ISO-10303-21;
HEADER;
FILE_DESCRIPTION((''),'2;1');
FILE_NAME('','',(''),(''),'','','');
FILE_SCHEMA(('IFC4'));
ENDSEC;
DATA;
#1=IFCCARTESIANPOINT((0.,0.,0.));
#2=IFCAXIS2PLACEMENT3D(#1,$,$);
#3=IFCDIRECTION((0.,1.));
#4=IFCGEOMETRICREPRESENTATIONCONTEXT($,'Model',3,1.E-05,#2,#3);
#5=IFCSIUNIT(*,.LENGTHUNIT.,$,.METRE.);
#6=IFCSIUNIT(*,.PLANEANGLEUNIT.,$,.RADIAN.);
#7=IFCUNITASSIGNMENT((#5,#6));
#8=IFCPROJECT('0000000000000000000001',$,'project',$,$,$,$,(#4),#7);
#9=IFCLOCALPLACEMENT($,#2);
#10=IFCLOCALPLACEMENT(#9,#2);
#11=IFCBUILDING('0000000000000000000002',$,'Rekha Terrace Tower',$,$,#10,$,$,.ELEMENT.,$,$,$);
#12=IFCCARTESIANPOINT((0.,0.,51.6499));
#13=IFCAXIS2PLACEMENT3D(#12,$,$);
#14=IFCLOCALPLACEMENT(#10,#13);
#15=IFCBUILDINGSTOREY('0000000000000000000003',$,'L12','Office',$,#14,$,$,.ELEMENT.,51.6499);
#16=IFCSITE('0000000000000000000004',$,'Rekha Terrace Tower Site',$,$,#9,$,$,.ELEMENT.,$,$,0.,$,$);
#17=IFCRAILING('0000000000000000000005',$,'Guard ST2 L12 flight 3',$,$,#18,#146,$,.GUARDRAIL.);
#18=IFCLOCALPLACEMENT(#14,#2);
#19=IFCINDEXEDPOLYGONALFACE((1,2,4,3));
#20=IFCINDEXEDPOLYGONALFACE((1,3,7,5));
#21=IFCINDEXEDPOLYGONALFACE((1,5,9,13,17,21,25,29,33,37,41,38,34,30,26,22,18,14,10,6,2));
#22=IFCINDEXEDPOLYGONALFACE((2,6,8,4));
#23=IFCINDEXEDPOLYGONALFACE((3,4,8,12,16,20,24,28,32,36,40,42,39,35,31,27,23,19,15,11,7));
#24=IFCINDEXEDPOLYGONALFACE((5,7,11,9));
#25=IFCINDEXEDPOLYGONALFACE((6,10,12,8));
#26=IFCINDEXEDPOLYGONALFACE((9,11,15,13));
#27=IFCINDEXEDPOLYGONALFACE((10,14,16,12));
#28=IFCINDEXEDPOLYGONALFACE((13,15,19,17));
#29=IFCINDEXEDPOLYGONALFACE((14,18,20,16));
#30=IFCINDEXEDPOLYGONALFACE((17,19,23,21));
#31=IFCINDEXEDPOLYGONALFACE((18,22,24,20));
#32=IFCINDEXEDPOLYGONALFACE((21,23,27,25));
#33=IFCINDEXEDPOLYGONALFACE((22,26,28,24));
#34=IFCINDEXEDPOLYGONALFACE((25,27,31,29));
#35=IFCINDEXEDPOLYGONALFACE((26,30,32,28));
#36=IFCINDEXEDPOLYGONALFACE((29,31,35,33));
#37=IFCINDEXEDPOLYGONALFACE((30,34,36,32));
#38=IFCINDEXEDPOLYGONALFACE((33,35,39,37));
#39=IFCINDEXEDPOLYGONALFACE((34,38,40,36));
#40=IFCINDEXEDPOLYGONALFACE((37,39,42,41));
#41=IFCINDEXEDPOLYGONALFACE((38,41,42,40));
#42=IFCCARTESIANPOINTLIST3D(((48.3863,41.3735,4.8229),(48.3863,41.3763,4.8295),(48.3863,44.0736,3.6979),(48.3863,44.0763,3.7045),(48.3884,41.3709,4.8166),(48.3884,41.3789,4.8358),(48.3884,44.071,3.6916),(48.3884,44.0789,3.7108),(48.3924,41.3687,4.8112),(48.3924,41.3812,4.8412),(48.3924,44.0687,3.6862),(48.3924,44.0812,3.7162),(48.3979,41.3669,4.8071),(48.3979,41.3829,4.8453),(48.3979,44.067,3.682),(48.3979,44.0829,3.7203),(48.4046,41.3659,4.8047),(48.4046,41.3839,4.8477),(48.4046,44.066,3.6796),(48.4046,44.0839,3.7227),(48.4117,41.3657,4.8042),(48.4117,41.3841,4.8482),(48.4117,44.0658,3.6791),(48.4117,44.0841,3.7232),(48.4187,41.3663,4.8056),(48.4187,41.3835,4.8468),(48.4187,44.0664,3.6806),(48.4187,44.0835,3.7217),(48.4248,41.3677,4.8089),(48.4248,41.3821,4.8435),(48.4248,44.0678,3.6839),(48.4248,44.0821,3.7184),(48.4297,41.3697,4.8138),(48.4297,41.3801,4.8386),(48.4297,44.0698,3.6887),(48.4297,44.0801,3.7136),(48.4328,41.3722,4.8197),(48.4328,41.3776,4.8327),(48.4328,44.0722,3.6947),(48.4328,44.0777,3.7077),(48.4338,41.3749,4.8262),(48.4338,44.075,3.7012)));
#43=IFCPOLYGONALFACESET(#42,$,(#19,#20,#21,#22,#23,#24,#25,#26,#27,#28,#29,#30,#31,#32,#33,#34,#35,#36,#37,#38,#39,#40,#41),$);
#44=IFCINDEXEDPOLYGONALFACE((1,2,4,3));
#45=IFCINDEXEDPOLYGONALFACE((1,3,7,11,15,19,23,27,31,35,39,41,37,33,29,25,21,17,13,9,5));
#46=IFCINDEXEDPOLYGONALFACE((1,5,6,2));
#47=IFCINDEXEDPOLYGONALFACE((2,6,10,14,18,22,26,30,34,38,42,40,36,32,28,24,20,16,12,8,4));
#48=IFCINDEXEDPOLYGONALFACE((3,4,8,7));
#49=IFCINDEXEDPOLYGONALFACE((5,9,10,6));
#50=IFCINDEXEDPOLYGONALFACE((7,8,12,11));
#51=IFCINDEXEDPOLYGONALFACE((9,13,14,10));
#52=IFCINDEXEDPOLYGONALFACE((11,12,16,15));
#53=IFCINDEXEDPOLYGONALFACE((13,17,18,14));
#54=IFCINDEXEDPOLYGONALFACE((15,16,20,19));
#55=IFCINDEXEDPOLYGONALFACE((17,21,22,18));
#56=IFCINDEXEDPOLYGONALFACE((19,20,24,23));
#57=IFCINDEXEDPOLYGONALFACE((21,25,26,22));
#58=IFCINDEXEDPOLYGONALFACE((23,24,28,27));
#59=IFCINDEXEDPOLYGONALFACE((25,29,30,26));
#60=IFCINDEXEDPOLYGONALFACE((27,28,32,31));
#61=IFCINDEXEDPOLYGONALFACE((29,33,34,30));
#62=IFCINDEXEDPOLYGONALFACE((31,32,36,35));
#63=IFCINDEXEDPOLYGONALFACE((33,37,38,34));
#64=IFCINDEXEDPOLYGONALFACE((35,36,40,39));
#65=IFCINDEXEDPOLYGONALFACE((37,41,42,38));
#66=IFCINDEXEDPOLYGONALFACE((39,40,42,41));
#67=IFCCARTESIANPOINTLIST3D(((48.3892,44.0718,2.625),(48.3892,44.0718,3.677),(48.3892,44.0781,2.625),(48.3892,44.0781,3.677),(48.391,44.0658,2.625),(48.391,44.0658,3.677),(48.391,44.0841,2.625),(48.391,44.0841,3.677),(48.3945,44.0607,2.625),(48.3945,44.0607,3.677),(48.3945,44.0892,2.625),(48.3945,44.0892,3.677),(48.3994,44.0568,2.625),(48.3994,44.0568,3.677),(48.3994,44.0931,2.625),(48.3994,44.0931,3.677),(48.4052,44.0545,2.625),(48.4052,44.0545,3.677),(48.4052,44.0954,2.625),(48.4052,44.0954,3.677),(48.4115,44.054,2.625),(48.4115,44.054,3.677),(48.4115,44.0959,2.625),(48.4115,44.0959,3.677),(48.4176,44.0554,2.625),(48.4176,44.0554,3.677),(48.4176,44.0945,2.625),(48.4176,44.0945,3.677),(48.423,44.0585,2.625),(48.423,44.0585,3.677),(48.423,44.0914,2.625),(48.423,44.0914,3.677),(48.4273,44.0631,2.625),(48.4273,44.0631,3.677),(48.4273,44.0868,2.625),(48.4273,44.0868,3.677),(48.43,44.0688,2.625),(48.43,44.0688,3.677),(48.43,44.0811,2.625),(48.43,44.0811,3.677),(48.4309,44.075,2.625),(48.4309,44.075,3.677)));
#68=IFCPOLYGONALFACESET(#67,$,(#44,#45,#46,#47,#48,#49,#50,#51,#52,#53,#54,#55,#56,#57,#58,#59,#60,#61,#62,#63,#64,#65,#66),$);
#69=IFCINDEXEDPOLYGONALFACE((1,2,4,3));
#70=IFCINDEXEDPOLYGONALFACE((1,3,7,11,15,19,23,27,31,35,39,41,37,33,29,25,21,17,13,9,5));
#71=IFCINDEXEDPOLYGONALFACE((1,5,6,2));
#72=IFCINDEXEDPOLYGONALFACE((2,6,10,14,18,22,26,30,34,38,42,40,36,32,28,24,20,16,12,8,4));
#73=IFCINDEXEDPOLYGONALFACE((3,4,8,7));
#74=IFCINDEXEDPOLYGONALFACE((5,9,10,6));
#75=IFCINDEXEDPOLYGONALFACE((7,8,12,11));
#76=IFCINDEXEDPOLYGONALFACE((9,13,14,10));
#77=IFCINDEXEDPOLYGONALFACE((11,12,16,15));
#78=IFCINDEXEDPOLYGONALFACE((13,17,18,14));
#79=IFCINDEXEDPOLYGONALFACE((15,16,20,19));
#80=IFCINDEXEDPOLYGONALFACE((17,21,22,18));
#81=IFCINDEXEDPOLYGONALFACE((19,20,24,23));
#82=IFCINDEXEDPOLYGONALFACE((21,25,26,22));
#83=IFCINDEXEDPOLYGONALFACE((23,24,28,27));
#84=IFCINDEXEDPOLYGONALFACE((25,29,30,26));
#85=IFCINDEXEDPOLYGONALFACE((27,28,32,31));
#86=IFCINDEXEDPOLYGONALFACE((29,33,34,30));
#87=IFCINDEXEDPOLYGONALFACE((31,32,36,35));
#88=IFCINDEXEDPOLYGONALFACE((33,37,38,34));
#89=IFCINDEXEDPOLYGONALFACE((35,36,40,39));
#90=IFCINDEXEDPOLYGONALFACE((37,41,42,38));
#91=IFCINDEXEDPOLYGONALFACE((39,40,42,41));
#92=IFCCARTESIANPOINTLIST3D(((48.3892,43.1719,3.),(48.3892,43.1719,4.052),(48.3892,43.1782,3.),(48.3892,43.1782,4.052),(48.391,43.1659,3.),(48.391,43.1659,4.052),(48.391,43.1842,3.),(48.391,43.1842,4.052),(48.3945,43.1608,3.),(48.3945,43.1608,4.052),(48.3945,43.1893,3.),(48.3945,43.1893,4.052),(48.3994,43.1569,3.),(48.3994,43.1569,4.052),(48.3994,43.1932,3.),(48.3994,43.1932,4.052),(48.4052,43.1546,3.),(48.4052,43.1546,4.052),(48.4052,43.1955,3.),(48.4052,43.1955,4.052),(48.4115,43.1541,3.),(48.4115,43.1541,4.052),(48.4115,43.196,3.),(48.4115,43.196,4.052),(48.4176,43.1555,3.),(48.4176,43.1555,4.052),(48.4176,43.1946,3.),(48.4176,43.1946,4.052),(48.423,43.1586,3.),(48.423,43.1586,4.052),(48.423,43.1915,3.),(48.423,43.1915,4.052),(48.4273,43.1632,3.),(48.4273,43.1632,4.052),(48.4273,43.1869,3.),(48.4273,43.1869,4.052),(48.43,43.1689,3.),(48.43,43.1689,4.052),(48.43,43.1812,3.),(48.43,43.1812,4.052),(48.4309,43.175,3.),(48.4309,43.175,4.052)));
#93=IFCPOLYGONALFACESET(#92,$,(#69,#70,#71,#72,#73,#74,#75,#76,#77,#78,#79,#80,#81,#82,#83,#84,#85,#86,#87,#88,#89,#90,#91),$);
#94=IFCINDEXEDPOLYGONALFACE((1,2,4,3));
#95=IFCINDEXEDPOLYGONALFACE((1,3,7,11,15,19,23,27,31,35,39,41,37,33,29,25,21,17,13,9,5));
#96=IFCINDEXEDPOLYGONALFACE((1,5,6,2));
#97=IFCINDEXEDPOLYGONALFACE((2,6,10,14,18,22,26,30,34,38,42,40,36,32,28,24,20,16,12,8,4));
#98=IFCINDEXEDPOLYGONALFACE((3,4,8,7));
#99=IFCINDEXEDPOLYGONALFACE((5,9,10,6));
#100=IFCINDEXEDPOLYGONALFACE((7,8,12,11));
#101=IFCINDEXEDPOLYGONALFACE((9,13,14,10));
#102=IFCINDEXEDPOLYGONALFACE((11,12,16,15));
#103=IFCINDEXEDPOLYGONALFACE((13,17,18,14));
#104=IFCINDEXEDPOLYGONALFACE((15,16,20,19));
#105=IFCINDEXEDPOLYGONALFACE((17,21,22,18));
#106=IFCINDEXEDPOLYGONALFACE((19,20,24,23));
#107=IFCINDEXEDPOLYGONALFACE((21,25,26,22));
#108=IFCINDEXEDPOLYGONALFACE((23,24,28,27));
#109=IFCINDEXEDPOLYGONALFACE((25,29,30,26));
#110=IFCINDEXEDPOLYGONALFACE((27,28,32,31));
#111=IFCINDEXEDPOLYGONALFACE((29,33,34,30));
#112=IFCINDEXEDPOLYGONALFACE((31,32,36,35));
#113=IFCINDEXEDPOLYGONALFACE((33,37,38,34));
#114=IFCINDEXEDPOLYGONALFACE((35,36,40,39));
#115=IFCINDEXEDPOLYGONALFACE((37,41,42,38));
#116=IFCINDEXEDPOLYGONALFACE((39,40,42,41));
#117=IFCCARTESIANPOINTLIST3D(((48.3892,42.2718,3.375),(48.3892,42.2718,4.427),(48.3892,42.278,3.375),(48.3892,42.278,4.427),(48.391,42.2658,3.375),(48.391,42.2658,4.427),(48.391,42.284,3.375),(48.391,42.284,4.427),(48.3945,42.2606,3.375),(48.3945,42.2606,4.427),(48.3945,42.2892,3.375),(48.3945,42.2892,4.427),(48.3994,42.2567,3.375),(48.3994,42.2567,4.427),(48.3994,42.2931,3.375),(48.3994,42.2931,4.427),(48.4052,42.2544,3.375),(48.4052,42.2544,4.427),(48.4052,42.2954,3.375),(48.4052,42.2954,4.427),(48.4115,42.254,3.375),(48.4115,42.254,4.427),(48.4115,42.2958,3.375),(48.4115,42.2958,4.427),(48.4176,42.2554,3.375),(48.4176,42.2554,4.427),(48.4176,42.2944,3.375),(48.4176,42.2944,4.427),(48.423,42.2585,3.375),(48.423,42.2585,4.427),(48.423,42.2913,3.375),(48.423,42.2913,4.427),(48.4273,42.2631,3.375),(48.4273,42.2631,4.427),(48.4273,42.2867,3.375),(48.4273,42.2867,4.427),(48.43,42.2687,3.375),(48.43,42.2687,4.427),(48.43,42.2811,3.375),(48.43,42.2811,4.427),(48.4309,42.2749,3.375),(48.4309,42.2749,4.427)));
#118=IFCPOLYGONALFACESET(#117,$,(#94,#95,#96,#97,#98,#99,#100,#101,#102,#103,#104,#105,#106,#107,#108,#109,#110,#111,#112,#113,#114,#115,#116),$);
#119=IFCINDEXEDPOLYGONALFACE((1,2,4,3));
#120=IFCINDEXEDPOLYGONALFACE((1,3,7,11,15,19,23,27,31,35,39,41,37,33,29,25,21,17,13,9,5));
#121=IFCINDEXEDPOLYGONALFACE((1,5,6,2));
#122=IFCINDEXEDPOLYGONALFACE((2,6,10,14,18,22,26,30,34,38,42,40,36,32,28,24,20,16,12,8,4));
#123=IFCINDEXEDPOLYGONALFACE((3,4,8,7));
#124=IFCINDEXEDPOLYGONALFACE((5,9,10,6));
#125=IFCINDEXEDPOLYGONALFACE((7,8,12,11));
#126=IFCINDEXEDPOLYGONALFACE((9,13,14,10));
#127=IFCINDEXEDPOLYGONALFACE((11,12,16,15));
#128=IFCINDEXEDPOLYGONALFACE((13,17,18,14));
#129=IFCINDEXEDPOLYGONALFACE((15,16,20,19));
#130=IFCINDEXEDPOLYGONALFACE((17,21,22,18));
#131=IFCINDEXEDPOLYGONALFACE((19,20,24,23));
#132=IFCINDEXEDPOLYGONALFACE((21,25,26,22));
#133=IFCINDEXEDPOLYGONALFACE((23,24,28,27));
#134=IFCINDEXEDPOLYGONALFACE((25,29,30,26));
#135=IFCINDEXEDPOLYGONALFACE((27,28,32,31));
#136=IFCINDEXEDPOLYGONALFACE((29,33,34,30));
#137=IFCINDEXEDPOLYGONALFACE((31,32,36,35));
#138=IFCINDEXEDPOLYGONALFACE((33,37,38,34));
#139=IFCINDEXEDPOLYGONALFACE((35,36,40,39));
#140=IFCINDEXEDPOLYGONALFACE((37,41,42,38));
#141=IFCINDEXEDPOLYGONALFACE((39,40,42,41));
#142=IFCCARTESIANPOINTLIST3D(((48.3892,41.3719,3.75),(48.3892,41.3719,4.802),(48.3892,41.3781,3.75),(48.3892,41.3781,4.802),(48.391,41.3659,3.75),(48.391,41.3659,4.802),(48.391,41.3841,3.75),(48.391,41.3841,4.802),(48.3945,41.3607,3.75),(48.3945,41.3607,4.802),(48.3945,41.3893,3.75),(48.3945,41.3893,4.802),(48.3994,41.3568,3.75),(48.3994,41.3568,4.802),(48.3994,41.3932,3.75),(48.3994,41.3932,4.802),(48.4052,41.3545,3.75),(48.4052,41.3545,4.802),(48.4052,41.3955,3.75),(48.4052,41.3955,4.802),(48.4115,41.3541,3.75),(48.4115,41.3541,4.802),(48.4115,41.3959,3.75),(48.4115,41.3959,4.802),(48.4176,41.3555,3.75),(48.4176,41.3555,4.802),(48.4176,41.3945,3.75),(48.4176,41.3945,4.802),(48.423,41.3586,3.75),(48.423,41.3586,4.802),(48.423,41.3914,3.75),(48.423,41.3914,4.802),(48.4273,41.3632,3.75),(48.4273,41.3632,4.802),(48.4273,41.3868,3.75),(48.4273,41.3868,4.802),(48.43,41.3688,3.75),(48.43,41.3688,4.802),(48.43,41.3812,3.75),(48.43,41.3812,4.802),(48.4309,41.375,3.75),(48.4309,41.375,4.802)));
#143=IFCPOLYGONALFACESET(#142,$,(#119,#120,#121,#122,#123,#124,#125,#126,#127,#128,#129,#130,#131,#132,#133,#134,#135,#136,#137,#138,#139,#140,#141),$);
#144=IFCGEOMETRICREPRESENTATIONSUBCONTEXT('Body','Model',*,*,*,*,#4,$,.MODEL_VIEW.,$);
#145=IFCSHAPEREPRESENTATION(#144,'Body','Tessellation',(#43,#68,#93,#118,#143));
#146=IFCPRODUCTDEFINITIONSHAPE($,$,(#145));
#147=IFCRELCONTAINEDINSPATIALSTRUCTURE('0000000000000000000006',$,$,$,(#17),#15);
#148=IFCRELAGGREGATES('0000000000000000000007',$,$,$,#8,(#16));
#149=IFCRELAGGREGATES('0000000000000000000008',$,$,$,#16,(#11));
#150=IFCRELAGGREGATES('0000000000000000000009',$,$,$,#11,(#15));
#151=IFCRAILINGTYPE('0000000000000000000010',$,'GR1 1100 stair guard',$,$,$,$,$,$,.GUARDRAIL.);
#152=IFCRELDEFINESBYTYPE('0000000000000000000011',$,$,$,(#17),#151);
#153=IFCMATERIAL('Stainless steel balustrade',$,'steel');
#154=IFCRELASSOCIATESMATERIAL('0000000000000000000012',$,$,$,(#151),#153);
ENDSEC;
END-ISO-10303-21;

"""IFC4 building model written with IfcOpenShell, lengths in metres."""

from ifc_helpers import new_model, si_unit, direction, frame, origin, origin_2d, place, context, subcontext, project, spatial, circle, extrude, material, type_object, element, save


model = new_model("IFC4")

# Units and contexts
model_context = context("Model", 3, precision=1e-05, world=origin(), true_north=direction((0.0, 1.0)))
body_context = subcontext(model_context, "Body", "Model", "MODEL_VIEW")
ifc_project = project(units=[si_unit("LENGTHUNIT", "METRE"), si_unit("PLANEANGLEUNIT", "RADIAN")], contexts=[model_context])

# Site, building, storey
site_placement = place(None, origin())
site = spatial("IfcSite", under=ifc_project, at=site_placement, Name="Rekha Terrace Tower Site", CompositionType="ELEMENT", RefElevation=0.0)
building_placement = place(site_placement, origin())
building = spatial("IfcBuilding", under=site, at=building_placement, Name="Rekha Terrace Tower", CompositionType="ELEMENT")
storey_placement = place(building_placement, frame((0.0, 0.0, 51.6499)))
storey = spatial("IfcBuildingStorey", under=building, at=storey_placement, Name="L12", Description="Office", CompositionType="ELEMENT", Elevation=51.6499)

# Railing
ifc_material_1 = material(Name="Stainless steel balustrade", Category="steel")
railing_type_1 = type_object("IfcRailingType", Name="GR1 1100 stair guard", PredefinedType="GUARDRAIL", material=ifc_material_1)
railing_1_placement = place(storey_placement, frame((48.4099, 44.075, 2.625)))
element("IfcRailing", 1, at=railing_1_placement, inside=storey, type_object=railing_type_1, Name="Guard ST2 L12 flight 3", PredefinedType="GUARDRAIL", context=body_context, shape_type="SweptSolid", body=[
    extrude(circle(Radius=0.0239, at=origin_2d()), frame((0.0, 0.0, 1.0762), z_axis=(0.0, -0.923074, 0.384621), x_axis=(1.0, 0.0, 0.0)), (0.0, 0.0, 1.0), 2.925),
    extrude(circle(Radius=0.021, at=origin_2d()), origin(), (0.0, 0.0, 1.0), 1.052),
    extrude(circle(Radius=0.021, at=origin_2d()), frame((0.0, -0.8999, 0.375)), (0.0, 0.0, 1.0), 1.052),
    extrude(circle(Radius=0.021, at=origin_2d()), frame((0.0, -1.8, 0.75)), (0.0, 0.0, 1.0), 1.052),
    extrude(circle(Radius=0.021, at=origin_2d()), frame((0.0, -2.7, 1.125)), (0.0, 0.0, 1.0), 1.052),
])

save(model, "model.ifc")
